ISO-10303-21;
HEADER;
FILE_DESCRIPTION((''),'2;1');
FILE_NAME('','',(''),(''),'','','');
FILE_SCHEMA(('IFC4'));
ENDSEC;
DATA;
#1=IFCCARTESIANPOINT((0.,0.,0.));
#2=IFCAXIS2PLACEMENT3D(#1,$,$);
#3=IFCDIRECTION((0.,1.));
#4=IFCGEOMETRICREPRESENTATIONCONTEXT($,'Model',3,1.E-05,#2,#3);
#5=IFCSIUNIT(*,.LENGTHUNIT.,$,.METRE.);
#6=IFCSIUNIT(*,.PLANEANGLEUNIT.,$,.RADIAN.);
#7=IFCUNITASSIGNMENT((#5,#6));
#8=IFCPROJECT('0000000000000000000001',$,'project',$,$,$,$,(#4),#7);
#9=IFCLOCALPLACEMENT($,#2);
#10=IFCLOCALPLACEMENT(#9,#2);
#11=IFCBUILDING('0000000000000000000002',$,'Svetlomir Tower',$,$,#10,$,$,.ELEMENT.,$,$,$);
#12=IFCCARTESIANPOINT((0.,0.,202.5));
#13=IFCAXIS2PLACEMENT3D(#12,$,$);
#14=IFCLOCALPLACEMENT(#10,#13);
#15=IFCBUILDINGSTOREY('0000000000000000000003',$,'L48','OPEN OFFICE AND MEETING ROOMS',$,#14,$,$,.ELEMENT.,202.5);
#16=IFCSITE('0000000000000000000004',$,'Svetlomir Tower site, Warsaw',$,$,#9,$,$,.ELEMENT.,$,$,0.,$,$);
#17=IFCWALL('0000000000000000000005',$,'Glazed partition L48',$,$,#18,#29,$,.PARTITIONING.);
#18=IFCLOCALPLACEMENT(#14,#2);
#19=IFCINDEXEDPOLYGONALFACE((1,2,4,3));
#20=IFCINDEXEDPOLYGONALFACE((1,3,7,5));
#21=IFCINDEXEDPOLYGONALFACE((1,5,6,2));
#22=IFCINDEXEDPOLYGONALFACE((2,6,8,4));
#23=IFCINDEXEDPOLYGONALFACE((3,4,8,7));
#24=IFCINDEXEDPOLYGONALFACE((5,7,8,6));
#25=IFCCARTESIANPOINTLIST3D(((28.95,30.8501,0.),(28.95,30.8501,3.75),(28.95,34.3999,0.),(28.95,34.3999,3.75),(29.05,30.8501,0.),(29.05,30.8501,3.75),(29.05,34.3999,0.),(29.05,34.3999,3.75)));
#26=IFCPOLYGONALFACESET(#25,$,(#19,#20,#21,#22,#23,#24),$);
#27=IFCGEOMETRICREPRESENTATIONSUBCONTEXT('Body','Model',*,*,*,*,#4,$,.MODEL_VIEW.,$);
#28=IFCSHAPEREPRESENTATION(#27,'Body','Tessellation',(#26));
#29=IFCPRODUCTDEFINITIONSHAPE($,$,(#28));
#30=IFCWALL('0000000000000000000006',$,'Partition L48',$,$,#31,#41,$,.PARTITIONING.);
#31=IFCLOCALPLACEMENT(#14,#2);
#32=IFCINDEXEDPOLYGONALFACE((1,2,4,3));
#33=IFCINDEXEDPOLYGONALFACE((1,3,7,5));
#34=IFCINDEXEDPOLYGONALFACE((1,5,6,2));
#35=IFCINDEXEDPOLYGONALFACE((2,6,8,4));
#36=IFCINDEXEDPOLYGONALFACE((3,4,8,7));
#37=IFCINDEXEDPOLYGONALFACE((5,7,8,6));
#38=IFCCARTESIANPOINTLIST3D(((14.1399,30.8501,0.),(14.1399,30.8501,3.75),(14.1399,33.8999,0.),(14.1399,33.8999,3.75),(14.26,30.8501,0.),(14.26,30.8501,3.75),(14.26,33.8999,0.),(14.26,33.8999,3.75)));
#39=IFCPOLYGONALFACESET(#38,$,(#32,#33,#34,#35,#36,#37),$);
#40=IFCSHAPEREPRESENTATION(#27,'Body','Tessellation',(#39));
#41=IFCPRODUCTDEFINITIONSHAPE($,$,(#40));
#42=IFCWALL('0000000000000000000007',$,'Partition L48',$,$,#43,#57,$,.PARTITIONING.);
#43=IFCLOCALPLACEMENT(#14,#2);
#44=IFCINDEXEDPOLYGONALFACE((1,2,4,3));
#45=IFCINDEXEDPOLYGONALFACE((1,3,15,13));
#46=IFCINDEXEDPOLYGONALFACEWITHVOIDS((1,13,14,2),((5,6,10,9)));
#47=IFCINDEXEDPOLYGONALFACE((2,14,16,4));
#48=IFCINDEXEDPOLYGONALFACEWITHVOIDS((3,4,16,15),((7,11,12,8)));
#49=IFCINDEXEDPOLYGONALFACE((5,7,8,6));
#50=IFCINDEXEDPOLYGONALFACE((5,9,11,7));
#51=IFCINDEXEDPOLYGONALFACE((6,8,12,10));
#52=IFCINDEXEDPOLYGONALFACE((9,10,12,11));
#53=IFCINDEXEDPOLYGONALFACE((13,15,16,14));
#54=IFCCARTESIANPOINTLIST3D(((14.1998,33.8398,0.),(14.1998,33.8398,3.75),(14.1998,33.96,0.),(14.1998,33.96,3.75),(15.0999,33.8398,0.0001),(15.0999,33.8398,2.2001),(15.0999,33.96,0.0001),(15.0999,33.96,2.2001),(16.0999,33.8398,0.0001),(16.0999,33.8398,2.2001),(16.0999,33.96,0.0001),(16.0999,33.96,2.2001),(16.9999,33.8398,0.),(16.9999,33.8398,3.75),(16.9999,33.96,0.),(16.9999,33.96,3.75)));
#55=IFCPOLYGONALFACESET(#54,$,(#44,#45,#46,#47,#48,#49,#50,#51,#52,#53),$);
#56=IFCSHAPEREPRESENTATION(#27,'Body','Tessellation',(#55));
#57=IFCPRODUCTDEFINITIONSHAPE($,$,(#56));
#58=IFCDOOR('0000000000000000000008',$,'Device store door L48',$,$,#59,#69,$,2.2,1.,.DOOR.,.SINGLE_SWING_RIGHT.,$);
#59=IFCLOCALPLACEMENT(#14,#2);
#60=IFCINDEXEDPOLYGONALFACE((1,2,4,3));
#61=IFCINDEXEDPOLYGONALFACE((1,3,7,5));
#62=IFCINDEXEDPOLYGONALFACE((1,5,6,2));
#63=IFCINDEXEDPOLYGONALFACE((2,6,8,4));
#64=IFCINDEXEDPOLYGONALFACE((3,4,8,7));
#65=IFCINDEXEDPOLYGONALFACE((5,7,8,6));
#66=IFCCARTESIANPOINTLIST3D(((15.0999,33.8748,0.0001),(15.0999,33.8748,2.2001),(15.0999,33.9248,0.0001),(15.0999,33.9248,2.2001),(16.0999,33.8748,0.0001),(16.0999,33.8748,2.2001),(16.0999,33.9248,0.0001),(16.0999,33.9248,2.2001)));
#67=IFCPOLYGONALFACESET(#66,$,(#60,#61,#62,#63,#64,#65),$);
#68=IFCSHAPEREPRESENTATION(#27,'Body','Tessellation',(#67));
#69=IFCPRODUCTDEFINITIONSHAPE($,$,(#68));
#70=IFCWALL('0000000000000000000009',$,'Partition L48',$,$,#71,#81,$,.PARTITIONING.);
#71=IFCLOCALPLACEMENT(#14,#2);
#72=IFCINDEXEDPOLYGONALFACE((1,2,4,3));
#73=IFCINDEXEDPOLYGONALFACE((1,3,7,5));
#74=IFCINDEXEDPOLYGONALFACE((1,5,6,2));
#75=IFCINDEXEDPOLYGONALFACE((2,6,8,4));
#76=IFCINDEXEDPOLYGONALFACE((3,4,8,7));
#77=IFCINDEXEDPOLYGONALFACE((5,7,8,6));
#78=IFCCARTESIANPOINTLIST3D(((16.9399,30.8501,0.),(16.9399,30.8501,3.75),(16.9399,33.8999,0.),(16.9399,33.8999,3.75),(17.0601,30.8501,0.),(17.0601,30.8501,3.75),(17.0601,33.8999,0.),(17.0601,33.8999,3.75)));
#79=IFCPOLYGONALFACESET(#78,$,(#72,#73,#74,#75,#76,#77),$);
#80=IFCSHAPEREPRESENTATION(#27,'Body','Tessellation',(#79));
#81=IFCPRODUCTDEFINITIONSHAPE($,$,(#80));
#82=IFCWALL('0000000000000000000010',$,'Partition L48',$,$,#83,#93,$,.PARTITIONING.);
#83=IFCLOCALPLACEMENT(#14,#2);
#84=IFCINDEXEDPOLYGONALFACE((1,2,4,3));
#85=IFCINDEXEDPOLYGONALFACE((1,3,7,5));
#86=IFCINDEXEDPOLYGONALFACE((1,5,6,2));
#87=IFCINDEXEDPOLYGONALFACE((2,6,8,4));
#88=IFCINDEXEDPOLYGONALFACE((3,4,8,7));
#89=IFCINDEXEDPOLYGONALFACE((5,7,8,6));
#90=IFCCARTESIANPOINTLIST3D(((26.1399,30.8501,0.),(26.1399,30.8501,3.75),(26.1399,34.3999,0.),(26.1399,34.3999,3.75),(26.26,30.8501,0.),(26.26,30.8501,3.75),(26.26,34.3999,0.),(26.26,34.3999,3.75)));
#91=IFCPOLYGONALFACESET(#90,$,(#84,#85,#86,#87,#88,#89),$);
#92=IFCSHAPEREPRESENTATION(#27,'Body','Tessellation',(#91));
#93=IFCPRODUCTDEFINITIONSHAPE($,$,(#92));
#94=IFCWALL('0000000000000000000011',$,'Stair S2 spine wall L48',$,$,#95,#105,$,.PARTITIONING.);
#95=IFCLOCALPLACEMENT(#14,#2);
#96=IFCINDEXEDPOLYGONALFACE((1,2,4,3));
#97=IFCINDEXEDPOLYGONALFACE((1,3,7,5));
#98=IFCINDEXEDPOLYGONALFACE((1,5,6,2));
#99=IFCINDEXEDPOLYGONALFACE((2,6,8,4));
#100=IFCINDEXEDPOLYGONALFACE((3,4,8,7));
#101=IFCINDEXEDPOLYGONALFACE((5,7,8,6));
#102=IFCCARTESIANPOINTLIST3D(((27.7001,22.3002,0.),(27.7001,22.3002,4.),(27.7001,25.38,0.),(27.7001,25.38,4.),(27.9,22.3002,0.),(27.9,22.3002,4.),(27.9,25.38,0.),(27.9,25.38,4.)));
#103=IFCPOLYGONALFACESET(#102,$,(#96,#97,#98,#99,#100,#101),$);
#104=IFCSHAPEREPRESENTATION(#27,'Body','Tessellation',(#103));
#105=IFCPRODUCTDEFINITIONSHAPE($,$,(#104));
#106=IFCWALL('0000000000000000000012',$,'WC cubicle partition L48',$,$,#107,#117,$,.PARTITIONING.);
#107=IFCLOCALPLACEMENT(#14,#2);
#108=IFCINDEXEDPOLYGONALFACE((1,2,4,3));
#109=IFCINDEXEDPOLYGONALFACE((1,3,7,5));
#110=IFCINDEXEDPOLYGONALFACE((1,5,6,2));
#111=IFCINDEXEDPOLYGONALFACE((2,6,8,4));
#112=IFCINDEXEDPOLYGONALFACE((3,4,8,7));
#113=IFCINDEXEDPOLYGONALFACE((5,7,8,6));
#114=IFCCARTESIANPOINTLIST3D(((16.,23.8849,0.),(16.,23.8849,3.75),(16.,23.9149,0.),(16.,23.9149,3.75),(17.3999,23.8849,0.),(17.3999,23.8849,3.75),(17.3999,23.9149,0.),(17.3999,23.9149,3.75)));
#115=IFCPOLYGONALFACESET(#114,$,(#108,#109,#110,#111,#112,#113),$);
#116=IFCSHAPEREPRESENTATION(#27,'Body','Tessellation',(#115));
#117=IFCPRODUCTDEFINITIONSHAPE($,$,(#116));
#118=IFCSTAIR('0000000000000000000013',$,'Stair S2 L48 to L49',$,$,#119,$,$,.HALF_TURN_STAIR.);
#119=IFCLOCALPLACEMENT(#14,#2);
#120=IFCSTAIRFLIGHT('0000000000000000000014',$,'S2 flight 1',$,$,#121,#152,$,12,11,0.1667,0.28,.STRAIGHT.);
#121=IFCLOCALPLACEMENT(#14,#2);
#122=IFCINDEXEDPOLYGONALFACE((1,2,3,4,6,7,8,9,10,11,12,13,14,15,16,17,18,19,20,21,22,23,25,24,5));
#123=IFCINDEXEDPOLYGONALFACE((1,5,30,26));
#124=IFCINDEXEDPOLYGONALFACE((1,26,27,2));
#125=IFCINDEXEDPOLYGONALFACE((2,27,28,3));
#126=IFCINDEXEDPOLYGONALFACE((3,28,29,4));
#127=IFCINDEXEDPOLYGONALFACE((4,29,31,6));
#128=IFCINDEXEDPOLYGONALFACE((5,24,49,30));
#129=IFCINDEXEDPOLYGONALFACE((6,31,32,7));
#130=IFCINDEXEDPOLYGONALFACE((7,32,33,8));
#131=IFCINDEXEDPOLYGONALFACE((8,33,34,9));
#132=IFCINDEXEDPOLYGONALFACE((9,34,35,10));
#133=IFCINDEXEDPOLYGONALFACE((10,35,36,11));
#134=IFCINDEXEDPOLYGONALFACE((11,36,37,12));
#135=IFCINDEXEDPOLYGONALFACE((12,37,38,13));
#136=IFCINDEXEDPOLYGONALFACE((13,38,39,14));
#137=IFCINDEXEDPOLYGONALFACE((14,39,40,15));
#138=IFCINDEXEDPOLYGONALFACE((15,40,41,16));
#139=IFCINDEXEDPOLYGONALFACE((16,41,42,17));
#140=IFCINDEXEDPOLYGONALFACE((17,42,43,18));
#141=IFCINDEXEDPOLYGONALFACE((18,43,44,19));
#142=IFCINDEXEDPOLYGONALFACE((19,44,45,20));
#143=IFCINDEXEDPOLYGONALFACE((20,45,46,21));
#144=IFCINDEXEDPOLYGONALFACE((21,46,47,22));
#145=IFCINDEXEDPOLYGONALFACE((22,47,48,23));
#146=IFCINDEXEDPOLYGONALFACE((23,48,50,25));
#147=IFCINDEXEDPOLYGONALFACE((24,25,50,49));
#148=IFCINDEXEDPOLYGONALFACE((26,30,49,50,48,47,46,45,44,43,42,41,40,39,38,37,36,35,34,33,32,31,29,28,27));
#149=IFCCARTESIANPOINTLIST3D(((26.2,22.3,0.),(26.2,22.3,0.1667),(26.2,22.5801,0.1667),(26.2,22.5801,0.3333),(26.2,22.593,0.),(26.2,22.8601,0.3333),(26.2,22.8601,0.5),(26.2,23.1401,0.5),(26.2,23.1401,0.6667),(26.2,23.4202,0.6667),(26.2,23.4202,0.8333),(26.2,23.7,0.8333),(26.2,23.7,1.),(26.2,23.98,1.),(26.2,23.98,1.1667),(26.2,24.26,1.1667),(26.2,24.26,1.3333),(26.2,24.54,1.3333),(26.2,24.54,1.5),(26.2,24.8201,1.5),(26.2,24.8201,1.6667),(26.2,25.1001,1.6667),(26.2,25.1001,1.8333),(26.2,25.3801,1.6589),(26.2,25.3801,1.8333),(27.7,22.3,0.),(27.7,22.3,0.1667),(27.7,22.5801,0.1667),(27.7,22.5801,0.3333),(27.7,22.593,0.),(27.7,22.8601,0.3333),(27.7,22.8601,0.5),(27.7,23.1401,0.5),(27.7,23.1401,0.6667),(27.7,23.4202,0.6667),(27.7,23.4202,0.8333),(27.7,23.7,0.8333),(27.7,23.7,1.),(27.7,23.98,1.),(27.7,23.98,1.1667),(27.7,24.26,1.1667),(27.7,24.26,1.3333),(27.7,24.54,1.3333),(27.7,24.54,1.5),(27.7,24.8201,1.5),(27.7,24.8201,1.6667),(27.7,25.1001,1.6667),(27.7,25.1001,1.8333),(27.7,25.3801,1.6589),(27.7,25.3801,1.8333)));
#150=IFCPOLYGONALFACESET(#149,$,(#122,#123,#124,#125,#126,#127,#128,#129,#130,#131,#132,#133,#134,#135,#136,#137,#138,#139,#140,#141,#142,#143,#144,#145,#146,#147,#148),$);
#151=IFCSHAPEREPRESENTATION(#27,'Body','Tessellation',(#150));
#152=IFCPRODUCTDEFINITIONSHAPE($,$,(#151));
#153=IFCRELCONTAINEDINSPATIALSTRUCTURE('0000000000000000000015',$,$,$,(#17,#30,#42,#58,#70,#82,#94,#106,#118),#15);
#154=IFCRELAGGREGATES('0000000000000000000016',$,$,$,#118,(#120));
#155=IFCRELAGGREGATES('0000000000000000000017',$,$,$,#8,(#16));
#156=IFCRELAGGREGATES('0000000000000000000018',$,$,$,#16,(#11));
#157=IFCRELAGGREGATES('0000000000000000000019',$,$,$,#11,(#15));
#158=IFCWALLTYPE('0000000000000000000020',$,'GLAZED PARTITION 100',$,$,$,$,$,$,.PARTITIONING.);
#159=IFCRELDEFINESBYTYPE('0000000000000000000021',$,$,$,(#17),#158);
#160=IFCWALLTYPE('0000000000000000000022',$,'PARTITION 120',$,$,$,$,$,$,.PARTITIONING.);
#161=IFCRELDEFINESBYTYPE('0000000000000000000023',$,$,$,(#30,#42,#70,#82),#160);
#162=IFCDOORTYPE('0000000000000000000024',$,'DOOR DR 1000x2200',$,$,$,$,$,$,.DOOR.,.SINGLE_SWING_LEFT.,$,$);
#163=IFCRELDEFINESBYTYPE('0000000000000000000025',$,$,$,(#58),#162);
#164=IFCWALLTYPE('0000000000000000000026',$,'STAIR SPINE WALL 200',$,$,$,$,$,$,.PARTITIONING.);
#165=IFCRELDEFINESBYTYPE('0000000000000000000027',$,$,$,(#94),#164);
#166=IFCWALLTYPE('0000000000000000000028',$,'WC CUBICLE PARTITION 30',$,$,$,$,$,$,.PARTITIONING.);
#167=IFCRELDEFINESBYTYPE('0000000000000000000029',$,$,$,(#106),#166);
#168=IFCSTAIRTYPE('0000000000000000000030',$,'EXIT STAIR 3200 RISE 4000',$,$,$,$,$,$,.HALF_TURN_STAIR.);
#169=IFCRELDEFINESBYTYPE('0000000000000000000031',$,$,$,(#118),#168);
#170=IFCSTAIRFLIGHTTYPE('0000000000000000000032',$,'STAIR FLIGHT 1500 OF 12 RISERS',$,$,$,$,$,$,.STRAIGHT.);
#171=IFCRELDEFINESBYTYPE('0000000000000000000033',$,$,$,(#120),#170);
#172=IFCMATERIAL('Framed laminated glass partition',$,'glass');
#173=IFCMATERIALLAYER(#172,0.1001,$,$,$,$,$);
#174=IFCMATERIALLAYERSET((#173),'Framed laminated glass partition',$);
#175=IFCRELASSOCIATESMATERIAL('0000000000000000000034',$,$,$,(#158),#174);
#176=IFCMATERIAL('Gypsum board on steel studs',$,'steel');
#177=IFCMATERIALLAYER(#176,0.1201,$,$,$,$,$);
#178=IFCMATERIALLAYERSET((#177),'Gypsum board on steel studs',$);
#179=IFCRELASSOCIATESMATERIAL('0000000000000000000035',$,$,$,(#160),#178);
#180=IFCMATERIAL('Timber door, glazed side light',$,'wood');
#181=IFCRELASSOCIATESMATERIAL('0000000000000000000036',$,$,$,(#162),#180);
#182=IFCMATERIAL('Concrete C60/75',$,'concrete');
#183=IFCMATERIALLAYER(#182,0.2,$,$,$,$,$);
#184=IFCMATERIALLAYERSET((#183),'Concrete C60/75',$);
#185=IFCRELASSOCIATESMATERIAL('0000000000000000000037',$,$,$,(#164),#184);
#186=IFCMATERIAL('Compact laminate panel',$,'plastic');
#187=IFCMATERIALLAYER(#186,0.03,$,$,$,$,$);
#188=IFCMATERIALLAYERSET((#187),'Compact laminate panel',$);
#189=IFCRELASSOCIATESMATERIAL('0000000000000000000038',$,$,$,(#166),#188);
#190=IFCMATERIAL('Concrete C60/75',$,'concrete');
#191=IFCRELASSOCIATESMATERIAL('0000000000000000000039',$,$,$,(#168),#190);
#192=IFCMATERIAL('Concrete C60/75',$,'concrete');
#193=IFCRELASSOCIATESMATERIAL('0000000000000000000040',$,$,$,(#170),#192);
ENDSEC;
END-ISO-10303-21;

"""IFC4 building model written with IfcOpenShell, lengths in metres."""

from ifc_helpers import new_model, si_unit, direction, frame, frame_2d, origin, place, context, subcontext, project, spatial, polyline, rectangle, outline, extrude, material, layer, layer_set, type_object, element, fill, aggregate, save


model = new_model("IFC4")

# Units and contexts
model_context = context("Model", 3, precision=1e-05, world=origin(), true_north=direction((0.0, 1.0)))
body_context = subcontext(model_context, "Body", "Model", "MODEL_VIEW")
ifc_project = project(units=[si_unit("LENGTHUNIT", "METRE"), si_unit("PLANEANGLEUNIT", "RADIAN")], contexts=[model_context])

# Site, building, storey
site_placement = place(None, origin())
site = spatial("IfcSite", under=ifc_project, at=site_placement, Name="Svetlomir Tower site, Warsaw", CompositionType="ELEMENT", RefElevation=0.0)
building_placement = place(site_placement, origin())
building = spatial("IfcBuilding", under=site, at=building_placement, Name="Svetlomir Tower", CompositionType="ELEMENT")
storey_placement = place(building_placement, frame((0.0, 0.0, 202.5)))
storey = spatial("IfcBuildingStorey", under=building, at=storey_placement, Name="L48", Description="OPEN OFFICE AND MEETING ROOMS", CompositionType="ELEMENT", Elevation=202.5)

# Shared definitions
ifc_material_1 = material(Name="Framed laminated glass partition", Category="glass")
ifc_layer_1 = layer(ifc_material_1, 0.1001)
ifc_layer_set_1 = layer_set([ifc_layer_1], Name="Framed laminated glass partition")
wall_type_1 = type_object("IfcWallType", Name="GLAZED PARTITION 100", PredefinedType="PARTITIONING", material=ifc_layer_set_1)

# Walls
wall_1_placement = place(storey_placement, frame((29.0, 30.8501, 0.0), z_axis=(0.0, 0.0, 1.0), x_axis=(0.0, 1.0, 0.0)))
element("IfcWall", 1, at=wall_1_placement, inside=storey, type_object=wall_type_1, Name="Glazed partition L48", PredefinedType="PARTITIONING", context=body_context, shape_type="SweptSolid", body=[
    extrude(rectangle(XDim=3.5498, YDim=0.1001, at=frame_2d((1.7749, 0.0))), origin(), (0.0, 0.0, 1.0), 3.75),
])
ifc_material_2 = material(Name="Gypsum board on steel studs", Category="steel")
ifc_layer_2 = layer(ifc_material_2, 0.1201)
ifc_layer_set_2 = layer_set([ifc_layer_2], Name="Gypsum board on steel studs")
wall_type_2 = type_object("IfcWallType", Name="PARTITION 120", PredefinedType="PARTITIONING", material=ifc_layer_set_2)
wall_2_placement = place(storey_placement, frame((14.2, 30.8501, 0.0), z_axis=(0.0, 0.0, 1.0), x_axis=(0.0, 1.0, 0.0)))
element("IfcWall", 2, at=wall_2_placement, inside=storey, type_object=wall_type_2, Name="Partition L48", PredefinedType="PARTITIONING", context=body_context, shape_type="SweptSolid", body=[
    extrude(rectangle(XDim=3.0498, YDim=0.1201, at=frame_2d((1.5249, 0.0))), origin(), (0.0, 0.0, 1.0), 3.75),
])

# Wall, opening, door
wall_3_placement = place(storey_placement, frame((14.2, 33.8999, 0.0), z_axis=(0.0, 0.0, 1.0), x_axis=(1.0, 0.0, 0.0)))
wall_3 = element("IfcWall", 3, at=wall_3_placement, inside=storey, type_object=wall_type_2, Name="Partition L48", PredefinedType="PARTITIONING", context=body_context, shape_type="SweptSolid", body=[
    extrude(rectangle(XDim=2.8, YDim=0.1201, at=frame_2d((1.3999, 0.0))), origin(), (0.0, 0.0, 1.0), 3.75),
])
opening_1_placement = place(wall_3_placement, frame((0.8999, 0.0, 0.0)))
opening_1 = element("IfcOpeningElement", 4, at=opening_1_placement, cuts=wall_3, PredefinedType="OPENING", context=body_context, shape_type="SweptSolid", body=[
    extrude(rectangle(XDim=1.0, YDim=2.2, at=frame_2d((0.5, 1.1001))), frame((0.0, 0.0701, 0.0), z_axis=(0.0, -1.0, 0.0), x_axis=(1.0, 0.0, 0.0)), (0.0, 0.0, 1.0), 0.1401),
])
ifc_material_3 = material(Name="Timber door, glazed side light", Category="wood")
door_type_1 = type_object("IfcDoorType", Name="DOOR DR 1000x2200", OperationType="SINGLE_SWING_LEFT", PredefinedType="DOOR", material=ifc_material_3)
door_1_placement = place(opening_1_placement, origin())
door_1 = element("IfcDoor", 5, at=door_1_placement, inside=storey, type_object=door_type_1, Name="Device store door L48", OperationType="SINGLE_SWING_RIGHT", OverallHeight=2.2, OverallWidth=1.0, PredefinedType="DOOR", context=body_context, shape_type="SweptSolid", body=[
    extrude(rectangle(XDim=1.0, YDim=2.2, at=frame_2d((0.5, 1.1001))), frame((0.0, 0.0249, 0.0), z_axis=(0.0, -1.0, 0.0), x_axis=(1.0, 0.0, 0.0)), (0.0, 0.0, 1.0), 0.05),
])
fill(opening_1, door_1)

# Walls
wall_4_placement = place(storey_placement, frame((17.0, 30.8501, 0.0), z_axis=(0.0, 0.0, 1.0), x_axis=(0.0, 1.0, 0.0)))
element("IfcWall", 6, at=wall_4_placement, inside=storey, type_object=wall_type_2, Name="Partition L48", PredefinedType="PARTITIONING", context=body_context, shape_type="SweptSolid", body=[
    extrude(rectangle(XDim=3.0498, YDim=0.1201, at=frame_2d((1.5249, 0.0))), origin(), (0.0, 0.0, 1.0), 3.75),
])
wall_5_placement = place(storey_placement, frame((26.2, 30.8501, 0.0), z_axis=(0.0, 0.0, 1.0), x_axis=(0.0, 1.0, 0.0)))
element("IfcWall", 7, at=wall_5_placement, inside=storey, type_object=wall_type_2, Name="Partition L48", PredefinedType="PARTITIONING", context=body_context, shape_type="SweptSolid", body=[
    extrude(rectangle(XDim=3.5498, YDim=0.1201, at=frame_2d((1.7749, 0.0))), origin(), (0.0, 0.0, 1.0), 3.75),
])
ifc_material_4 = material(Name="Concrete C60/75", Category="concrete")
ifc_layer_3 = layer(ifc_material_4, 0.2)
ifc_layer_set_3 = layer_set([ifc_layer_3], Name="Concrete C60/75")
wall_type_3 = type_object("IfcWallType", Name="STAIR SPINE WALL 200", PredefinedType="PARTITIONING", material=ifc_layer_set_3)
wall_6_placement = place(storey_placement, frame((27.8, 22.3, 0.0), z_axis=(0.0, 0.0, 1.0), x_axis=(0.0, 1.0, 0.0)))
element("IfcWall", 8, at=wall_6_placement, inside=storey, type_object=wall_type_3, Name="Stair S2 spine wall L48", PredefinedType="PARTITIONING", context=body_context, shape_type="SweptSolid", body=[
    extrude(rectangle(XDim=3.0798, YDim=0.2, at=frame_2d((1.54, 0.0))), origin(), (0.0, 0.0, 1.0), 4.0),
])
ifc_material_5 = material(Name="Compact laminate panel", Category="plastic")
ifc_layer_4 = layer(ifc_material_5, 0.03)
ifc_layer_set_4 = layer_set([ifc_layer_4], Name="Compact laminate panel")
wall_type_4 = type_object("IfcWallType", Name="WC CUBICLE PARTITION 30", PredefinedType="PARTITIONING", material=ifc_layer_set_4)
wall_7_placement = place(storey_placement, frame((16.0, 23.8999, 0.0), z_axis=(0.0, 0.0, 1.0), x_axis=(1.0, 0.0, 0.0)))
element("IfcWall", 9, at=wall_7_placement, inside=storey, type_object=wall_type_4, Name="WC cubicle partition L48", PredefinedType="PARTITIONING", context=body_context, shape_type="SweptSolid", body=[
    extrude(rectangle(XDim=1.3999, YDim=0.03, at=frame_2d((0.7, 0.0))), origin(), (0.0, 0.0, 1.0), 3.75),
])

# Stair, stair flight
ifc_material_6 = material(Name="Concrete C60/75", Category="concrete")
stair_type = type_object("IfcStairType", Name="EXIT STAIR 3200 RISE 4000", PredefinedType="HALF_TURN_STAIR", material=ifc_material_6)
stair_placement = place(storey_placement, origin())
stair = element("IfcStair", 10, at=stair_placement, inside=storey, type_object=stair_type, Name="Stair S2 L48 to L49", PredefinedType="HALF_TURN_STAIR")
ifc_material_7 = material(Name="Concrete C60/75", Category="concrete")
stair_flight_type = type_object("IfcStairFlightType", Name="STAIR FLIGHT 1500 OF 12 RISERS", PredefinedType="STRAIGHT", material=ifc_material_7)
stair_flight_1_placement = place(storey_placement, frame((26.95, 22.3, 0.0), z_axis=(0.0, 0.0, 1.0), x_axis=(0.0, 1.0, 0.0)))
stair_flight_1 = element("IfcStairFlight", 11, at=stair_flight_1_placement, type_object=stair_flight_type, Name="S2 flight 1", NumberOfRisers=12, NumberOfTreads=11, PredefinedType="STRAIGHT", RiserHeight=0.1667, TreadLength=0.28, context=body_context, shape_type="SweptSolid", body=[
    extrude(outline(polyline([(0.0, 0.0), (0.0, 0.1667), (0.28, 0.1667), (0.28, 0.3333), (0.5601, 0.3333), (0.5601, 0.5), (0.8401, 0.5), (0.8401, 0.6667), (1.1201, 0.6667), (1.1201, 0.8333), (1.3999, 0.8333), (1.3999, 1.0), (1.6799, 1.0), (1.6799, 1.1667), (1.96, 1.1667), (1.96, 1.3333), (2.24, 1.3333), (2.24, 1.5), (2.52, 1.5), (2.52, 1.6667), (2.8, 1.6667), (2.8, 1.8333), (3.0801, 1.8333), (3.0801, 2.0), (3.0801, 1.6589), (0.293, 0.0), (0.0, 0.0)])), frame((0.0, 0.75, 0.0), z_axis=(0.0, -1.0, 0.0), x_axis=(1.0, 0.0, 0.0)), (0.0, 0.0, 1.0), 1.5),
])
aggregate(stair, [stair_flight_1])

save(model, "model.ifc")
